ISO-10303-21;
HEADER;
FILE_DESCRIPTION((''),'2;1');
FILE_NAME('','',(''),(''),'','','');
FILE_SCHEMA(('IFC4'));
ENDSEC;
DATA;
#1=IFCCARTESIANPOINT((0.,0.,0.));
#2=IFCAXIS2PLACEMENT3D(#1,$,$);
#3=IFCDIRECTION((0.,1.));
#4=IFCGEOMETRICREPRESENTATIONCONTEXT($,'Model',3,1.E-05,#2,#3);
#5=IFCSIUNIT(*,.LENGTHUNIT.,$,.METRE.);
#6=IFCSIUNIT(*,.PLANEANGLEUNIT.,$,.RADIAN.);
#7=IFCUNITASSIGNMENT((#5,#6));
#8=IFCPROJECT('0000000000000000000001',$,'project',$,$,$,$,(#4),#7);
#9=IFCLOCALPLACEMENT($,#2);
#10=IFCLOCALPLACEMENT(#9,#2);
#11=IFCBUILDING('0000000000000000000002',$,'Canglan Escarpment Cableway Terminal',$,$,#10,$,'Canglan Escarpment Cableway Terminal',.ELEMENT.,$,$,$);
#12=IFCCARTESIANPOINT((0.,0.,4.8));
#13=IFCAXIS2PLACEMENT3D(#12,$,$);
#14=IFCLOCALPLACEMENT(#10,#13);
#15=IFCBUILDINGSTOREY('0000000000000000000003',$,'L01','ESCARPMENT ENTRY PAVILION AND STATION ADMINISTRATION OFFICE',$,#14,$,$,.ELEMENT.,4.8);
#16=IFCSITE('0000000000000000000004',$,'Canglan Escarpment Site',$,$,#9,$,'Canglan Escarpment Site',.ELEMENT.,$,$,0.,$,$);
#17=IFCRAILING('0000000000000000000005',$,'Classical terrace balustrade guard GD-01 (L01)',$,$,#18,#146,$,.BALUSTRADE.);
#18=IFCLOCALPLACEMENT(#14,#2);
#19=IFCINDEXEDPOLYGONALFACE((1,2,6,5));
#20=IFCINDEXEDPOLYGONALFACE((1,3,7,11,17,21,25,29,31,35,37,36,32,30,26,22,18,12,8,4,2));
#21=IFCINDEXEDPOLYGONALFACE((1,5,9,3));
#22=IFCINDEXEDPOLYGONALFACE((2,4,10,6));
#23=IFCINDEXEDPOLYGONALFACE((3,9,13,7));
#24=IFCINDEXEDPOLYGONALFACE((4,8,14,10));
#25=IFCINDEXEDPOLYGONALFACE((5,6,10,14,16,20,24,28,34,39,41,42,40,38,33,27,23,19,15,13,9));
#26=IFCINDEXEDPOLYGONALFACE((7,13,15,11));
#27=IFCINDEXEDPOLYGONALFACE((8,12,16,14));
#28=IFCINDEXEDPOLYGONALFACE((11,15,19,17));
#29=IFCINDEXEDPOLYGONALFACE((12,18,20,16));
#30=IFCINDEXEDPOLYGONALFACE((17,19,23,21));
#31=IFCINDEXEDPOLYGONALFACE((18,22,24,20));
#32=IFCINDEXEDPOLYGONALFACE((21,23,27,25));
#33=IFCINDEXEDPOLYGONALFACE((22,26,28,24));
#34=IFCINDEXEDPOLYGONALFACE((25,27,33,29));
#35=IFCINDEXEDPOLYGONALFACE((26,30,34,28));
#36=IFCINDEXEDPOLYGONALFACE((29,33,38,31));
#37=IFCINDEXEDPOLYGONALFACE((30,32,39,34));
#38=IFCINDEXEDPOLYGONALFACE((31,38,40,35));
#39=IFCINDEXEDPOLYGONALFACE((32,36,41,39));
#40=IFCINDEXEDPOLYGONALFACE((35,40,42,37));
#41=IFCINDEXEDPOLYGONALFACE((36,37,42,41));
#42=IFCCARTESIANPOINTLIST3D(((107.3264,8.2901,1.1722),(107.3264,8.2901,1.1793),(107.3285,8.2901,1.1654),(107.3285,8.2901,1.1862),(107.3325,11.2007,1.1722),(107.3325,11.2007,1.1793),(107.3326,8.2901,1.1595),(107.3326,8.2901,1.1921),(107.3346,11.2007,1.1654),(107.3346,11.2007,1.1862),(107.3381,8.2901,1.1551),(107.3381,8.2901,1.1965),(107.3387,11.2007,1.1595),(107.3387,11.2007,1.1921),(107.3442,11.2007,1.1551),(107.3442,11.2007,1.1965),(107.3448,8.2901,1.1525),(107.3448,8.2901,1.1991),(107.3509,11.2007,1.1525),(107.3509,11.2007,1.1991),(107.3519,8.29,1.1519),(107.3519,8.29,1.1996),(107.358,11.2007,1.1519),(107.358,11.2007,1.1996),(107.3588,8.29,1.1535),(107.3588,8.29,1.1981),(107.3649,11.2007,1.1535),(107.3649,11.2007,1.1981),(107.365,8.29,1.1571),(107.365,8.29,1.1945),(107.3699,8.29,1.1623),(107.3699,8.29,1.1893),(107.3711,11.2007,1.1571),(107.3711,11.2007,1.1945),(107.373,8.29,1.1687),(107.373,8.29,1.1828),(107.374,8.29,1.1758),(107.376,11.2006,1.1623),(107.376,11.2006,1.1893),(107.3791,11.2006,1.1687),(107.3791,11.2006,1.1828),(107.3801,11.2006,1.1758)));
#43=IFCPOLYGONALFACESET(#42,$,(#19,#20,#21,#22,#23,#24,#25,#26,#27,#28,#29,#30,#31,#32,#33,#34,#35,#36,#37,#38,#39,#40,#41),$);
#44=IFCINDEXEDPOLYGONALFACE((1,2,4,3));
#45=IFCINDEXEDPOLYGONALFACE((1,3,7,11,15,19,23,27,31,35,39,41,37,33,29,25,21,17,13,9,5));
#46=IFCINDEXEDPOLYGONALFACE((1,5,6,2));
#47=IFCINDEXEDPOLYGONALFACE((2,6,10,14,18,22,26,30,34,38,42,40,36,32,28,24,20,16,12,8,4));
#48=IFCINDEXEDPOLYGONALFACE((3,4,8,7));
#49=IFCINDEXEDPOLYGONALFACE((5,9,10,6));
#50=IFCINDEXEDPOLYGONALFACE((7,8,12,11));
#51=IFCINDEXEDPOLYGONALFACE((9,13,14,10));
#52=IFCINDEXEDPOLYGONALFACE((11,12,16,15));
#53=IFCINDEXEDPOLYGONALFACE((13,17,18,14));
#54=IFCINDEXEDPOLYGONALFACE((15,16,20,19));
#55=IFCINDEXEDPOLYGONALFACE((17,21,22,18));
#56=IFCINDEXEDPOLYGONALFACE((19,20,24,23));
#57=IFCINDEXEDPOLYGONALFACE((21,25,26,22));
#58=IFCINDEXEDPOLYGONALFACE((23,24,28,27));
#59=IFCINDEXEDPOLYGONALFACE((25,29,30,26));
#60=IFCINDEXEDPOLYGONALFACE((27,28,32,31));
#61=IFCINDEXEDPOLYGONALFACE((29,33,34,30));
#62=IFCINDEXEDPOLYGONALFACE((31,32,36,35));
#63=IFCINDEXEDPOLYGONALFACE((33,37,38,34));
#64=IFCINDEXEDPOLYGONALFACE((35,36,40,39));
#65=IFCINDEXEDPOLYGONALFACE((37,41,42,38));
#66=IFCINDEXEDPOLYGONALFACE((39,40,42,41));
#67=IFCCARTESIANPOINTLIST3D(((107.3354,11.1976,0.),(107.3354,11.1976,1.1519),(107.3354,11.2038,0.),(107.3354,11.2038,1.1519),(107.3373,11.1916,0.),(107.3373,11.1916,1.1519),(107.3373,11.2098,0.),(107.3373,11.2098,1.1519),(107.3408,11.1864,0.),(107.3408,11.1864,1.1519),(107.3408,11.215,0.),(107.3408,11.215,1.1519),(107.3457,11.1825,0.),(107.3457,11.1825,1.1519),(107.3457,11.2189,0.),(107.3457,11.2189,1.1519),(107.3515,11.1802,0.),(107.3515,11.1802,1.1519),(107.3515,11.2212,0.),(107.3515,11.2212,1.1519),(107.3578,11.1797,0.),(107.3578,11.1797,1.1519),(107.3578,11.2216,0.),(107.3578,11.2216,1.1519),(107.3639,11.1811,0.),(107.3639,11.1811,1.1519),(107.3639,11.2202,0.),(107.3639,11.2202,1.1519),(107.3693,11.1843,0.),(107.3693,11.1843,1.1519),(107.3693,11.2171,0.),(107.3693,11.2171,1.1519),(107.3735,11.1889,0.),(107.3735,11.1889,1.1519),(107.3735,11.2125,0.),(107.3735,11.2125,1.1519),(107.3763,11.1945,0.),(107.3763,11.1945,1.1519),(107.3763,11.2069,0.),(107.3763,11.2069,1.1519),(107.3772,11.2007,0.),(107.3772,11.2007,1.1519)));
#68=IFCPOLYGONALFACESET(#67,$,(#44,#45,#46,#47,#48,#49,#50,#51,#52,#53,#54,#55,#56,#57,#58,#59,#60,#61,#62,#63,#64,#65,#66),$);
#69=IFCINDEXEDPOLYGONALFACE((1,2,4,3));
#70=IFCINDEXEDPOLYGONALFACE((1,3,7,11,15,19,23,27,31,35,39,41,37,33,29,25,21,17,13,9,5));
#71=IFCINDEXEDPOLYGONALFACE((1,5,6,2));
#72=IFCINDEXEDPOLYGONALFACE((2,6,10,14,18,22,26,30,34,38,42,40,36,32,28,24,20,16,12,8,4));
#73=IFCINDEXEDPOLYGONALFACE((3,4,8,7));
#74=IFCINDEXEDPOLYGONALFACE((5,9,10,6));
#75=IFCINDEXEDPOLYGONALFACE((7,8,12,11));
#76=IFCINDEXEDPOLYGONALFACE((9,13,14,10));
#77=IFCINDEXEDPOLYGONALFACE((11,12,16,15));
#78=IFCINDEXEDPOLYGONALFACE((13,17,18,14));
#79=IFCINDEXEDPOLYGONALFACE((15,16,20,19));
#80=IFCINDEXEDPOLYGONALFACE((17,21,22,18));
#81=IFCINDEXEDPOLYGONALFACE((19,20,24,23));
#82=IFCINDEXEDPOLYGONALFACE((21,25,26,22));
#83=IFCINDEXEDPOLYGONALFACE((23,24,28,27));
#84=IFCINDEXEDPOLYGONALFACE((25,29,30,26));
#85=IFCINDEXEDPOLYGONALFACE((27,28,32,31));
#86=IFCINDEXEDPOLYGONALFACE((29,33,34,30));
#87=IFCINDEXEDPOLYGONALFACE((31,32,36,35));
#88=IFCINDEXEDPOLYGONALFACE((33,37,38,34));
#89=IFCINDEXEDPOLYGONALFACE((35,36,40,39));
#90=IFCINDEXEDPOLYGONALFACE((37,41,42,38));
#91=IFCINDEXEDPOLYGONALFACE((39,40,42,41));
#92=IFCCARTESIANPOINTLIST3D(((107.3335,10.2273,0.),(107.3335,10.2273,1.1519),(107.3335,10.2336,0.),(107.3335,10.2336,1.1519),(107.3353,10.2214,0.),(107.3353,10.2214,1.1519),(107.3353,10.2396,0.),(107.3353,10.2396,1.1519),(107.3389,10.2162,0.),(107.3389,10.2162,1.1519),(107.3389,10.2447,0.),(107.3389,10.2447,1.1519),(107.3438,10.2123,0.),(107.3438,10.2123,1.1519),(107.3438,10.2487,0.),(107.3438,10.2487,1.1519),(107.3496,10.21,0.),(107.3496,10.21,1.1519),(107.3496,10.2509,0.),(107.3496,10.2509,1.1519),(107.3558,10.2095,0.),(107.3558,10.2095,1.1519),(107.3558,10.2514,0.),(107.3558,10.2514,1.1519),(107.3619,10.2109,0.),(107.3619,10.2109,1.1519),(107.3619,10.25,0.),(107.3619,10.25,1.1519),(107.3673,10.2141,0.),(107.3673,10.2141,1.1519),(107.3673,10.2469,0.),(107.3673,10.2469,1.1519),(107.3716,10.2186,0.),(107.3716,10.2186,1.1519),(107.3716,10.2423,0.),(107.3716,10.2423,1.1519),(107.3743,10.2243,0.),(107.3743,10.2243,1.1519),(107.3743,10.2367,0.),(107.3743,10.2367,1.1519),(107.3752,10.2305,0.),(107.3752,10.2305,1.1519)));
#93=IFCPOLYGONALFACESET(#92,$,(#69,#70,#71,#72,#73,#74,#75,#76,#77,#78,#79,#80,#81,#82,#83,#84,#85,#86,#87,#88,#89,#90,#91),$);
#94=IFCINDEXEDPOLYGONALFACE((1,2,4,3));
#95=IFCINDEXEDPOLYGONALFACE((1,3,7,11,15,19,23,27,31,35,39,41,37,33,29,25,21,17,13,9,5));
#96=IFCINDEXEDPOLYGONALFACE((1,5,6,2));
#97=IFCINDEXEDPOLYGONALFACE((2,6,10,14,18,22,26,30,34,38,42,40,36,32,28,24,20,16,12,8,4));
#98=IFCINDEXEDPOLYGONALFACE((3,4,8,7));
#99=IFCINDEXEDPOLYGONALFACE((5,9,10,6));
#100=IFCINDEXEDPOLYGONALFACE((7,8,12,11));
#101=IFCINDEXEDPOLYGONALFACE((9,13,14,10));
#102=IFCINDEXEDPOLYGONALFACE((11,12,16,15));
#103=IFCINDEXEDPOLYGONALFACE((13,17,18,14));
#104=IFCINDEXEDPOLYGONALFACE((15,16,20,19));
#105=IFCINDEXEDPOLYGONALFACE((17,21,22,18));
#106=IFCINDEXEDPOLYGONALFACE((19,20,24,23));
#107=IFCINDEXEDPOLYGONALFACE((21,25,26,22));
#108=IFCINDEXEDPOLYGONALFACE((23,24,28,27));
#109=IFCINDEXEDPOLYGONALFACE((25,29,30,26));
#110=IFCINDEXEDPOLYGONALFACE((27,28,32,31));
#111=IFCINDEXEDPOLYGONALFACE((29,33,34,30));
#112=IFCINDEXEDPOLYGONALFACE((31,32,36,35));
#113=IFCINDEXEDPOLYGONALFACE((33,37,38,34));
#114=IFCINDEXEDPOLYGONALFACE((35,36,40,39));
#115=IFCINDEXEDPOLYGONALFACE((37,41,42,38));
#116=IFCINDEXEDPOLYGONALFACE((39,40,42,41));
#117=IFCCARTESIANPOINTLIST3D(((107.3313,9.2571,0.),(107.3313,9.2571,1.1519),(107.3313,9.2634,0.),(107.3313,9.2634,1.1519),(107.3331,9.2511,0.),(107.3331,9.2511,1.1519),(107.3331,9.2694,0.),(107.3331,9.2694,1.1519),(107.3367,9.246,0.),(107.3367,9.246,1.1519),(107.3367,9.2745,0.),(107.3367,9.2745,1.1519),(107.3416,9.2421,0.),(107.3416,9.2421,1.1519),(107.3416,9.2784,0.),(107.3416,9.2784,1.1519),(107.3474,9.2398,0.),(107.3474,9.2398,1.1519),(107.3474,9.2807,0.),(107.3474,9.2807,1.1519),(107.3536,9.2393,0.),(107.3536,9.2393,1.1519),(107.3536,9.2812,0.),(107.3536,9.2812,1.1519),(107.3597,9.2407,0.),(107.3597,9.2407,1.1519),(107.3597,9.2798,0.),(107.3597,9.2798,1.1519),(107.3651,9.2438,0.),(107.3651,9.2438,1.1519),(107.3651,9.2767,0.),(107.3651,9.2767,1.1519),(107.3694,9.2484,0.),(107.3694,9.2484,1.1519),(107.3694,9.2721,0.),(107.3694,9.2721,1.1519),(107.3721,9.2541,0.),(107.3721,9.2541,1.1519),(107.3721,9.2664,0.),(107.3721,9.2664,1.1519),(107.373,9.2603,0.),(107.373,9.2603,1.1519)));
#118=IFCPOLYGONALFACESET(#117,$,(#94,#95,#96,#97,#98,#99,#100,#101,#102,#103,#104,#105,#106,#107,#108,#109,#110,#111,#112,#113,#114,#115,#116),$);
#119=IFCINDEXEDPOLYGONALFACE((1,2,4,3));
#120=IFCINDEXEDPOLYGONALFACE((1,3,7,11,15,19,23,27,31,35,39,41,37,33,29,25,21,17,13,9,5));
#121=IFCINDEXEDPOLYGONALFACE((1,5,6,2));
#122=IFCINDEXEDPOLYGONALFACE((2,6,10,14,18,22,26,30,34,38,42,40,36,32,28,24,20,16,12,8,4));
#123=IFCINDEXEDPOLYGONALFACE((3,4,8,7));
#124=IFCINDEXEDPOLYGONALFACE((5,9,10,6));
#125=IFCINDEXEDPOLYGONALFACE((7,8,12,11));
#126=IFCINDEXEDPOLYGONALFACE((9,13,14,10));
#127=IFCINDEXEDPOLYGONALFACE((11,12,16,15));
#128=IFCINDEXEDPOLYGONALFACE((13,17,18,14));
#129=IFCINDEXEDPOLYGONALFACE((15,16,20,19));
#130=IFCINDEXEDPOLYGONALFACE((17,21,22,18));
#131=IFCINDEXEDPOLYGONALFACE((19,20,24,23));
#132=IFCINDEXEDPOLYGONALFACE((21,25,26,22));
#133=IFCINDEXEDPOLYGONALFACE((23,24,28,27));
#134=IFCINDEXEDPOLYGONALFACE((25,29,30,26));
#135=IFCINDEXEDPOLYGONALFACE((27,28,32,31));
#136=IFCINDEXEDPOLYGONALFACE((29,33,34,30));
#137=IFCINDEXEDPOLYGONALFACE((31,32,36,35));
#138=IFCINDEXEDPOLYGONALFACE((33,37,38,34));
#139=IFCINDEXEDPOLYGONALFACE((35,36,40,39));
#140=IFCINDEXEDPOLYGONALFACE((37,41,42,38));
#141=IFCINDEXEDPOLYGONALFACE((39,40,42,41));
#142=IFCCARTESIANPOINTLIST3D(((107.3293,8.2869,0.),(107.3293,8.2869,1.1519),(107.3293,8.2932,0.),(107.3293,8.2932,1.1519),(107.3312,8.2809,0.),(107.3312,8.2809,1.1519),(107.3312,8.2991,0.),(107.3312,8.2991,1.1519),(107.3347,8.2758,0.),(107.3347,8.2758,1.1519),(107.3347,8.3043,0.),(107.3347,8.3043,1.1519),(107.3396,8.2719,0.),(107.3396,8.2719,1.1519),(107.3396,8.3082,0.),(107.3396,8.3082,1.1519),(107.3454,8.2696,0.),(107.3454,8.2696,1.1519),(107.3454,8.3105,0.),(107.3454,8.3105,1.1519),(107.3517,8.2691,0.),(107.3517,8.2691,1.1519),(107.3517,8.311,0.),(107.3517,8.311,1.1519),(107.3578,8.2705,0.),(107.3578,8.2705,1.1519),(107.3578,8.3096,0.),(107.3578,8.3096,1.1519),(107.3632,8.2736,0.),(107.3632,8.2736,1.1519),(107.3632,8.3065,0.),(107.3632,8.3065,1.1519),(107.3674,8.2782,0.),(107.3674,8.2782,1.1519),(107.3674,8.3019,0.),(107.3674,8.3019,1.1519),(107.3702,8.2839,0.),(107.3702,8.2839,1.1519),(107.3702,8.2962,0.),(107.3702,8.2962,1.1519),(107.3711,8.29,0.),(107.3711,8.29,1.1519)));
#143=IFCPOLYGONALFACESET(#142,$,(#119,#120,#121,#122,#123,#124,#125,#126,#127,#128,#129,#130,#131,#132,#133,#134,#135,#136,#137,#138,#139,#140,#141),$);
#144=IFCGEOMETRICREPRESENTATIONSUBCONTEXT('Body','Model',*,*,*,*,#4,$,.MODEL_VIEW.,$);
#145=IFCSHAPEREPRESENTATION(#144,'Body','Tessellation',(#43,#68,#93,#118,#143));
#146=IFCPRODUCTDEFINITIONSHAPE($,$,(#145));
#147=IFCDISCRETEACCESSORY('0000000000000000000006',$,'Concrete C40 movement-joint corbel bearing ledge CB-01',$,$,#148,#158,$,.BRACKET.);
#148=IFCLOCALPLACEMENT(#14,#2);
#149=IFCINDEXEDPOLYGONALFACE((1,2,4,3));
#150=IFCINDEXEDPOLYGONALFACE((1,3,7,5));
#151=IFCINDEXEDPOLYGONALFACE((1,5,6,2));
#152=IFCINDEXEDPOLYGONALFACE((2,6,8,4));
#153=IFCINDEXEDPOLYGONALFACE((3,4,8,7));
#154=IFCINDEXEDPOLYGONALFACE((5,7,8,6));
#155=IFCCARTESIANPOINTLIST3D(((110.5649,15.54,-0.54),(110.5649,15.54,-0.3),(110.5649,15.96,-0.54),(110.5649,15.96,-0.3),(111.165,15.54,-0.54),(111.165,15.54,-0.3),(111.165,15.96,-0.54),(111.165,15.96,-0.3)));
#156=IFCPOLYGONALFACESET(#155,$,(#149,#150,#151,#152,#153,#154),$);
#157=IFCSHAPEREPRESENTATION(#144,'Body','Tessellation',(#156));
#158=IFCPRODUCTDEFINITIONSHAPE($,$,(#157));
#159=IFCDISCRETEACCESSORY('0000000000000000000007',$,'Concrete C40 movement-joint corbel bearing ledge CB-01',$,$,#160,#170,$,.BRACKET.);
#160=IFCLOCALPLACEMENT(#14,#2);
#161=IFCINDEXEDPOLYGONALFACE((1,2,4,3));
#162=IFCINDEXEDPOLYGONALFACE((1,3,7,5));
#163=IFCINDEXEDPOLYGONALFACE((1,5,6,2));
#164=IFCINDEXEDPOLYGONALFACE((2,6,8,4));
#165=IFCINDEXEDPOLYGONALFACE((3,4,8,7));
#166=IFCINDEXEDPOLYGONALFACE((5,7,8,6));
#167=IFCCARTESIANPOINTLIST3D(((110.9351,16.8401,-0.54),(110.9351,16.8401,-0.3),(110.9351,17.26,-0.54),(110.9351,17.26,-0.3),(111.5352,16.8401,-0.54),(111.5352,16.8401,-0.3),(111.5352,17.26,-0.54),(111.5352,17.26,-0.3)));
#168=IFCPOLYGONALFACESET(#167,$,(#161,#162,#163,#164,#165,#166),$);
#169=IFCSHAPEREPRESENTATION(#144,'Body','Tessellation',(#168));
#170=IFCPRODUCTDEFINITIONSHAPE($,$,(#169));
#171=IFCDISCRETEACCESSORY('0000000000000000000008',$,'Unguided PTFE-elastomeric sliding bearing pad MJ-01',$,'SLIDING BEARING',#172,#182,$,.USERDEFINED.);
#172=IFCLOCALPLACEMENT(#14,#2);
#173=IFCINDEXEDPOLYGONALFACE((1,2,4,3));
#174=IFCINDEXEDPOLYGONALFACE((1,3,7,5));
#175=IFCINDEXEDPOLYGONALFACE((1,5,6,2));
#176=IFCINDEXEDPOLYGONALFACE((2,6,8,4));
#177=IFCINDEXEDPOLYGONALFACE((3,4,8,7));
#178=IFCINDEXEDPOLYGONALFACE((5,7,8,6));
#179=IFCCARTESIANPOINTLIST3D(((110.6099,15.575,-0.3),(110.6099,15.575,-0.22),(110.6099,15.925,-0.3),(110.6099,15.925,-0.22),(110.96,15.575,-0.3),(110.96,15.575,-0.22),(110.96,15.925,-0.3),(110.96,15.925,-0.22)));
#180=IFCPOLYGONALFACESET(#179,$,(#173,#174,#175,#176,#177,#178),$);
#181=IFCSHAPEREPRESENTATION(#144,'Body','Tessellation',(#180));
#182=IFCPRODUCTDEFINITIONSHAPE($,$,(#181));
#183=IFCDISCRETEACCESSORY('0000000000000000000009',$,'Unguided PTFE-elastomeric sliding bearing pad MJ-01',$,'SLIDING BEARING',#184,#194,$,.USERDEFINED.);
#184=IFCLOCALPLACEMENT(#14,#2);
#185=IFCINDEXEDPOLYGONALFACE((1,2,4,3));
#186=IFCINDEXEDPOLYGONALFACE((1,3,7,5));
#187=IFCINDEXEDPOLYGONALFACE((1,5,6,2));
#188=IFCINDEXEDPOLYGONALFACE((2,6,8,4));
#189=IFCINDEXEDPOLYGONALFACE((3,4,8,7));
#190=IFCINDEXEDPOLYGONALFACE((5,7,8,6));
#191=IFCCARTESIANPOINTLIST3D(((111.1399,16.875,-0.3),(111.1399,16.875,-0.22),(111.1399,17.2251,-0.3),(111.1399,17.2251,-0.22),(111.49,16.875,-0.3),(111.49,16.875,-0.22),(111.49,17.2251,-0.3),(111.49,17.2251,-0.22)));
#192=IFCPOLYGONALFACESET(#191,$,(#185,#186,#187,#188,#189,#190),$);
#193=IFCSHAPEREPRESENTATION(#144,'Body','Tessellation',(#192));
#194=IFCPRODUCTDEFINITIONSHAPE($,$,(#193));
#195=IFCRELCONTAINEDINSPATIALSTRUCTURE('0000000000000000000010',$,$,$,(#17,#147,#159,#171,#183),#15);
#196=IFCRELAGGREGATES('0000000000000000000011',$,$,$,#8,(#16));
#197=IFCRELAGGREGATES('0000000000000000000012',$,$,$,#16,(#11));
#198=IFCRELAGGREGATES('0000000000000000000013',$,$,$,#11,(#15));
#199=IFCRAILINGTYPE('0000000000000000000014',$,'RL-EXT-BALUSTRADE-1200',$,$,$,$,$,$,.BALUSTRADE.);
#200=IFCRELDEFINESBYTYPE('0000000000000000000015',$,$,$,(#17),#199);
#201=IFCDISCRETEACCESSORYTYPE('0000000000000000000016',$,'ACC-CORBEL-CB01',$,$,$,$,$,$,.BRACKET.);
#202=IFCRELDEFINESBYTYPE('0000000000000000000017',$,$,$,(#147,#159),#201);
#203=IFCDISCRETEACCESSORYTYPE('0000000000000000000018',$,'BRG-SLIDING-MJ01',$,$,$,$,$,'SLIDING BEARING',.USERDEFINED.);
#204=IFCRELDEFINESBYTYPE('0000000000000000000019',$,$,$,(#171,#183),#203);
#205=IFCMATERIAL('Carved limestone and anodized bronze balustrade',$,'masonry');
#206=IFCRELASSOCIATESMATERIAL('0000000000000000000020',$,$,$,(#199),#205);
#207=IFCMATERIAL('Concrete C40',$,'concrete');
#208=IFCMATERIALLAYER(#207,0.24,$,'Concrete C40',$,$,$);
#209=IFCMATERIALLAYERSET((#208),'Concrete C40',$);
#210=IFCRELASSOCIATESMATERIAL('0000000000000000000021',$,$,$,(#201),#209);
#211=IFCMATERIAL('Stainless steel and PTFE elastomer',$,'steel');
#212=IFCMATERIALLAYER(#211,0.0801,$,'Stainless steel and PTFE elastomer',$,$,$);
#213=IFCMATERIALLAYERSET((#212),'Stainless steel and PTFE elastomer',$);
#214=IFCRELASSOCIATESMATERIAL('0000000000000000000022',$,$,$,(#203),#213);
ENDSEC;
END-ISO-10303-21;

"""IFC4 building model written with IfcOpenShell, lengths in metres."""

from ifc_helpers import new_model, si_unit, direction, frame, origin, origin_2d, place, context, subcontext, project, spatial, rectangle, circle, extrude, material, layer, layer_set, type_object, element, save


model = new_model("IFC4")

# Units and contexts
model_context = context("Model", 3, precision=1e-05, world=origin(), true_north=direction((0.0, 1.0)))
body_context = subcontext(model_context, "Body", "Model", "MODEL_VIEW")
ifc_project = project(units=[si_unit("LENGTHUNIT", "METRE"), si_unit("PLANEANGLEUNIT", "RADIAN")], contexts=[model_context])

# Site, building, storey
site_placement = place(None, origin())
site = spatial("IfcSite", under=ifc_project, at=site_placement, Name="Canglan Escarpment Site", LongName="Canglan Escarpment Site", CompositionType="ELEMENT", RefElevation=0.0)
building_placement = place(site_placement, origin())
building = spatial("IfcBuilding", under=site, at=building_placement, Name="Canglan Escarpment Cableway Terminal", LongName="Canglan Escarpment Cableway Terminal", CompositionType="ELEMENT")
storey_placement = place(building_placement, frame((0.0, 0.0, 4.8)))
storey = spatial("IfcBuildingStorey", under=building, at=storey_placement, Name="L01", Description="ESCARPMENT ENTRY PAVILION AND STATION ADMINISTRATION OFFICE", CompositionType="ELEMENT", Elevation=4.8)

# Shared definitions
ifc_material_1 = material(Name="Concrete C40", Category="concrete")

# Railing
ifc_material_2 = material(Name="Carved limestone and anodized bronze balustrade", Category="masonry")
railing_type = type_object("IfcRailingType", Name="RL-EXT-BALUSTRADE-1200", PredefinedType="BALUSTRADE", material=ifc_material_2)
railing_1_placement = place(storey_placement, frame((107.3562, 11.2007, 0.0)))
element("IfcRailing", 1, at=railing_1_placement, inside=storey, type_object=railing_type, Name="Classical terrace balustrade guard GD-01 (L01)", PredefinedType="BALUSTRADE", context=body_context, shape_type="SweptSolid", body=[
    extrude(circle(Radius=0.0239, at=origin_2d()), frame((0.0, 0.0, 1.1758), z_axis=(-0.002097, -0.999998, 0.0), x_axis=(0.999998, -0.002097, 0.0)), (0.0, 0.0, 1.0), 2.9106),
    extrude(circle(Radius=0.021, at=origin_2d()), origin(), (0.0, 0.0, 1.0), 1.1519),
    extrude(circle(Radius=0.021, at=origin_2d()), frame((-0.002, -0.9702, 0.0)), (0.0, 0.0, 1.0), 1.1519),
    extrude(circle(Radius=0.021, at=origin_2d()), frame((-0.0042, -1.9404, 0.0)), (0.0, 0.0, 1.0), 1.1519),
    extrude(circle(Radius=0.021, at=origin_2d()), frame((-0.0061, -2.9106, 0.0)), (0.0, 0.0, 1.0), 1.1519),
])

# Discrete accessories
ifc_layer_1 = layer(ifc_material_1, 0.24, Name="Concrete C40")
ifc_layer_set_1 = layer_set([ifc_layer_1], Name="Concrete C40")
discrete_accessory_type_1 = type_object("IfcDiscreteAccessoryType", Name="ACC-CORBEL-CB01", PredefinedType="BRACKET", material=ifc_layer_set_1)
for number, where, z_axis, x_axis, name in (
    (2, (110.865, 15.75, -0.54), (0.0, 0.0, 1.0), (1.0, 0.0, 0.0), "Concrete C40 movement-joint corbel bearing ledge CB-01"),
    (3, (111.2351, 17.05, -0.54), (0.0, 0.0, 1.0), (1.0, 0.0, 0.0), "Concrete C40 movement-joint corbel bearing ledge CB-01"),
):
    element("IfcDiscreteAccessory", number, at=place(storey_placement, frame(where, z_axis=z_axis, x_axis=x_axis)), inside=storey, type_object=discrete_accessory_type_1, Name=name, PredefinedType="BRACKET", context=body_context, shape_type="SweptSolid", body=[
        extrude(rectangle(XDim=0.6001, YDim=0.4199, at=origin_2d()), origin(), (0.0, 0.0, 1.0), 0.24),
    ])
ifc_material_3 = material(Name="Stainless steel and PTFE elastomer", Category="steel")
ifc_layer_2 = layer(ifc_material_3, 0.0801, Name="Stainless steel and PTFE elastomer")
ifc_layer_set_2 = layer_set([ifc_layer_2], Name="Stainless steel and PTFE elastomer")
discrete_accessory_type_2 = type_object("IfcDiscreteAccessoryType", Name="BRG-SLIDING-MJ01", ElementType="SLIDING BEARING", PredefinedType="USERDEFINED", material=ifc_layer_set_2)
for number, where, z_axis, x_axis, name in (
    (4, (110.7849, 15.75, -0.3), (0.0, 0.0, 1.0), (1.0, 0.0, 0.0), "Unguided PTFE-elastomeric sliding bearing pad MJ-01"),
    (5, (111.3149, 17.05, -0.3), (0.0, 0.0, 1.0), (1.0, 0.0, 0.0), "Unguided PTFE-elastomeric sliding bearing pad MJ-01"),
):
    element("IfcDiscreteAccessory", number, at=place(storey_placement, frame(where, z_axis=z_axis, x_axis=x_axis)), inside=storey, type_object=discrete_accessory_type_2, Name=name, ObjectType="SLIDING BEARING", PredefinedType="USERDEFINED", context=body_context, shape_type="SweptSolid", body=[
        extrude(rectangle(XDim=0.3501, YDim=0.3501, at=origin_2d()), origin(), (0.0, 0.0, 1.0), 0.0801),
    ])

save(model, "model.ifc")
